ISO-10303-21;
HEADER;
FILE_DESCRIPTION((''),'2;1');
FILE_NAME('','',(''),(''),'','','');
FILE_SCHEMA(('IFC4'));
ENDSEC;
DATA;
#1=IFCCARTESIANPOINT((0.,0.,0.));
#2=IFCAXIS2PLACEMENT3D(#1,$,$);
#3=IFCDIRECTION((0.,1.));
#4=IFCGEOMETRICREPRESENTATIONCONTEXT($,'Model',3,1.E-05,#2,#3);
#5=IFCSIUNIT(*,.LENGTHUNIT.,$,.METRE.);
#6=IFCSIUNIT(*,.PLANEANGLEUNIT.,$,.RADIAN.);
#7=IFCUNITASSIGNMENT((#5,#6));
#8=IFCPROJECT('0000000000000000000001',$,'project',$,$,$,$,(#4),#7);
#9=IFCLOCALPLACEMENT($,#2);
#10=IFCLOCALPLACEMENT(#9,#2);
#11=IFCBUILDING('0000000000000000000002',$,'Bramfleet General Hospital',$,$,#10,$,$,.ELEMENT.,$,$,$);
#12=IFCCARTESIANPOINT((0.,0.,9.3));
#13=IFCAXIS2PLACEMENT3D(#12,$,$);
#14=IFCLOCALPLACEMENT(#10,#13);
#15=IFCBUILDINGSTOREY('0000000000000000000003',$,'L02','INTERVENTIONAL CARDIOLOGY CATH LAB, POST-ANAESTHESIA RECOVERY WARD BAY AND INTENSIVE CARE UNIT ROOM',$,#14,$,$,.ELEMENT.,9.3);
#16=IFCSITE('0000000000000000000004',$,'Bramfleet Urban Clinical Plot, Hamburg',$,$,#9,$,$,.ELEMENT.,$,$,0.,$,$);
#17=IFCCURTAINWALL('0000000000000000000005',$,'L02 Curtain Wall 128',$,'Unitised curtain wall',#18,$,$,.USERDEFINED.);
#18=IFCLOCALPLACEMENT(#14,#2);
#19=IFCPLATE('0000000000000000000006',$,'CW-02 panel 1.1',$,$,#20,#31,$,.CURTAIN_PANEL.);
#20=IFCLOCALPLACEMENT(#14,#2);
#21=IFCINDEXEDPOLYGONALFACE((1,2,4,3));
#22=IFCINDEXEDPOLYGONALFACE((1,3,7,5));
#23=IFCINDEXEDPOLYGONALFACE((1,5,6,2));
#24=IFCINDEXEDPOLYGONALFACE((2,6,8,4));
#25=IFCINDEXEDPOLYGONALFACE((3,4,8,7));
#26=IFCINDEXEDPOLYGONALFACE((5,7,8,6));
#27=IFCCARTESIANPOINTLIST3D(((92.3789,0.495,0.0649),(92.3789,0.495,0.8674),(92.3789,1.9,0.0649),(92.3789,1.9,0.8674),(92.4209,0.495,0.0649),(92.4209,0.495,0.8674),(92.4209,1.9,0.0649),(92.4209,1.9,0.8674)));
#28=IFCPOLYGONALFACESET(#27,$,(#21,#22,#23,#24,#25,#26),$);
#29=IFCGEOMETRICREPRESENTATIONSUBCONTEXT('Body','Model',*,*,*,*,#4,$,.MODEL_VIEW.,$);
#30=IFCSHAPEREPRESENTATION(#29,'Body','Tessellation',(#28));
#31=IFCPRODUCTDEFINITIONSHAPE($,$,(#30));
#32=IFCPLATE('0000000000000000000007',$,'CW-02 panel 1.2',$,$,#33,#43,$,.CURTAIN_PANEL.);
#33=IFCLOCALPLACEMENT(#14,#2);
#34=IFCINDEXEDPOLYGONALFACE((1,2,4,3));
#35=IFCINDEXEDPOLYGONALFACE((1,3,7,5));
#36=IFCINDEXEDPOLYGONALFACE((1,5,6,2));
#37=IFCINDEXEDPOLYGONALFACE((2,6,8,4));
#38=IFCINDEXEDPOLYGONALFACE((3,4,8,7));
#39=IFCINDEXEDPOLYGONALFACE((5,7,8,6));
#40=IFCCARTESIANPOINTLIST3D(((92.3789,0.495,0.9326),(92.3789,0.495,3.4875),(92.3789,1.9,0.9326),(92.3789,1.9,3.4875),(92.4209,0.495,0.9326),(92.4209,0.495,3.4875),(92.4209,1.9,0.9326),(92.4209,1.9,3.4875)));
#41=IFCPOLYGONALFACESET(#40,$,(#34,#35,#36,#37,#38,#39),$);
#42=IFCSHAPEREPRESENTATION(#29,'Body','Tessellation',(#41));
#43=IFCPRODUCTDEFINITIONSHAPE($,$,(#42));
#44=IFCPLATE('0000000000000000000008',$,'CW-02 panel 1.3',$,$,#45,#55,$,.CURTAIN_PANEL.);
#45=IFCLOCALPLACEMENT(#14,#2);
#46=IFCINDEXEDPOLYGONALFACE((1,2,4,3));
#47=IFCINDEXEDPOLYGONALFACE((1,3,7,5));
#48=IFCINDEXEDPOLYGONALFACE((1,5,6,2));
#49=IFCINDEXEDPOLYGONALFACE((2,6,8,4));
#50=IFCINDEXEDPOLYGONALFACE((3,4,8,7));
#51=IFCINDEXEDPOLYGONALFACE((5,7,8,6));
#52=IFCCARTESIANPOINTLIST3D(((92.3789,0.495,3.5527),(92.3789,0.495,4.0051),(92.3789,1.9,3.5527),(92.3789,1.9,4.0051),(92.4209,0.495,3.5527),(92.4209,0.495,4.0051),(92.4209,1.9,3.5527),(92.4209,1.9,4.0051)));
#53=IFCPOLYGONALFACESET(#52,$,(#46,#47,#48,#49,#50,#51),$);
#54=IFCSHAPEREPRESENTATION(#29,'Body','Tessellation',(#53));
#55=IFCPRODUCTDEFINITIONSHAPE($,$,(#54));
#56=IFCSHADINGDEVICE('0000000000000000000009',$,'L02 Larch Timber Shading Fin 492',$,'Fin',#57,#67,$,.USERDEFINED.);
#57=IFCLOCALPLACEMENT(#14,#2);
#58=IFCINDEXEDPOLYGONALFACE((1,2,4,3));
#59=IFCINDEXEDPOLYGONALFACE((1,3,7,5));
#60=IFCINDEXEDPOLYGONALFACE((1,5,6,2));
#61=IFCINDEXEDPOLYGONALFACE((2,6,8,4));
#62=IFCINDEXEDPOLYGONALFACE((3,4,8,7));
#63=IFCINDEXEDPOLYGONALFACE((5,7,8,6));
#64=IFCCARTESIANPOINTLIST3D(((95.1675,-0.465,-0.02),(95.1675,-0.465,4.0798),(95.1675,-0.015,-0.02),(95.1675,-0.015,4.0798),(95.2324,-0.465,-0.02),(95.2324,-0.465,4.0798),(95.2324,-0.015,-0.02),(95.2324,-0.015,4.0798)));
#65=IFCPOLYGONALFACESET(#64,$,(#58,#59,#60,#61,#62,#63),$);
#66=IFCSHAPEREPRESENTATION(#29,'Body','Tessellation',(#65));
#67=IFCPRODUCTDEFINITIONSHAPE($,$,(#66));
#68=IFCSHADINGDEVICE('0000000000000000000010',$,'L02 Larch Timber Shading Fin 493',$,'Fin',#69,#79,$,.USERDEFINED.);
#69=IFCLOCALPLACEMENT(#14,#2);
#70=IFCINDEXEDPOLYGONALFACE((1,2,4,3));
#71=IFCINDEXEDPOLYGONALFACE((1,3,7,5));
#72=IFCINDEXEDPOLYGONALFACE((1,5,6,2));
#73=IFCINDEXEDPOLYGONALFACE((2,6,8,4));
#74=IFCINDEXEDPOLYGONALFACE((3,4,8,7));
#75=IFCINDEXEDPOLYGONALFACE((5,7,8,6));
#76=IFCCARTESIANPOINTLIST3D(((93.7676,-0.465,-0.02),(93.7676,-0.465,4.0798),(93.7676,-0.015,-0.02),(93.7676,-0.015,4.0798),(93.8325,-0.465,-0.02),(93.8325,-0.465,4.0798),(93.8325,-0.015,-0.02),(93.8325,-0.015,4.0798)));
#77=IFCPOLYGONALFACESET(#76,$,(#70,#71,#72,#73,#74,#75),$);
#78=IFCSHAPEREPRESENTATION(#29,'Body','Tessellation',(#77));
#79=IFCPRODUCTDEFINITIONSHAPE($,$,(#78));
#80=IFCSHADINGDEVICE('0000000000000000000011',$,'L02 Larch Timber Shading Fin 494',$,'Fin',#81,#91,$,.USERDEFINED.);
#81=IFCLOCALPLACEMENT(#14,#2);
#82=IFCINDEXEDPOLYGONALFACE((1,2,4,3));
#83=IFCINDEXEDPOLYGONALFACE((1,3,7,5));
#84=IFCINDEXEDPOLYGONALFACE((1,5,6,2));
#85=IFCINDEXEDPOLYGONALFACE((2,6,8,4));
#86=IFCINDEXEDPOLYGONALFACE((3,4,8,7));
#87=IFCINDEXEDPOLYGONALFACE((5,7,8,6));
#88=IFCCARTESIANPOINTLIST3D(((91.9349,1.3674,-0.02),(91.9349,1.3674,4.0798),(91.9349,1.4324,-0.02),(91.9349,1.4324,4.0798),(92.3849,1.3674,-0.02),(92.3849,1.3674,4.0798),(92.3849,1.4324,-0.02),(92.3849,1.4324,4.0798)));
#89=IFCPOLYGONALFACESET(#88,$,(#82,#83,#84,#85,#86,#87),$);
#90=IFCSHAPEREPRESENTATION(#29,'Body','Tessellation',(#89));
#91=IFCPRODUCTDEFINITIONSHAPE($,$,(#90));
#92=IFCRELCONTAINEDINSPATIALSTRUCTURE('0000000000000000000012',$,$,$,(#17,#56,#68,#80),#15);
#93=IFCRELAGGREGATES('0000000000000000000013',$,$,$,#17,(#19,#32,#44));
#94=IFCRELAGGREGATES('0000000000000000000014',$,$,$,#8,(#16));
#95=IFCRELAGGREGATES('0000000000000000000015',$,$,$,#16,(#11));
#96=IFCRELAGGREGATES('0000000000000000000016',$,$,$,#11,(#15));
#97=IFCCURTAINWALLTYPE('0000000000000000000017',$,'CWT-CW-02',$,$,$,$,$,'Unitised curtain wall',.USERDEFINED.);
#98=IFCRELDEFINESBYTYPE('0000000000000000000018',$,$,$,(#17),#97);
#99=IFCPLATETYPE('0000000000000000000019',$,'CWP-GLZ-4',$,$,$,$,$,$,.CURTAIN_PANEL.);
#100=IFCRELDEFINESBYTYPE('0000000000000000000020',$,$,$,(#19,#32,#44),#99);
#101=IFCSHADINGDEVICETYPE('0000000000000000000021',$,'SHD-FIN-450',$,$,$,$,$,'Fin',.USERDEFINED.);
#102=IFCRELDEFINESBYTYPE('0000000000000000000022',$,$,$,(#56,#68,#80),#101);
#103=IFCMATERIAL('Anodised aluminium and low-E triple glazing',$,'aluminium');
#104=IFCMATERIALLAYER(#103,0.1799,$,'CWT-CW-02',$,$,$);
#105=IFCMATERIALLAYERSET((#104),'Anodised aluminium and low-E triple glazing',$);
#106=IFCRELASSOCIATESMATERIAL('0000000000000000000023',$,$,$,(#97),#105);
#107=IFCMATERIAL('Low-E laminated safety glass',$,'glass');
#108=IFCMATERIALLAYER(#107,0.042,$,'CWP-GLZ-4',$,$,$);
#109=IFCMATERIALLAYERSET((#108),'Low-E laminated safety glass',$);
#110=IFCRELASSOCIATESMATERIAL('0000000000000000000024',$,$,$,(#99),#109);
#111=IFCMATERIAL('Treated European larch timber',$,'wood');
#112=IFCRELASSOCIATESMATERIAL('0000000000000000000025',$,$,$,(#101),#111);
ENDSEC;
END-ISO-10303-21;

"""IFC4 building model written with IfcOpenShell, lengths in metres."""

from ifc_helpers import new_model, si_unit, direction, frame, origin, origin_2d, place, context, subcontext, project, spatial, rectangle, extrude, material, layer, layer_set, material_profile, profile_set, type_object, element, aggregate, save


model = new_model("IFC4")

# Units and contexts
model_context = context("Model", 3, precision=1e-05, world=origin(), true_north=direction((0.0, 1.0)))
body_context = subcontext(model_context, "Body", "Model", "MODEL_VIEW")
ifc_project = project(units=[si_unit("LENGTHUNIT", "METRE"), si_unit("PLANEANGLEUNIT", "RADIAN")], contexts=[model_context])

# Site, building, storey
site_placement = place(None, origin())
site = spatial("IfcSite", under=ifc_project, at=site_placement, Name="Bramfleet Urban Clinical Plot, Hamburg", CompositionType="ELEMENT", RefElevation=0.0)
building_placement = place(site_placement, origin())
building = spatial("IfcBuilding", under=site, at=building_placement, Name="Bramfleet General Hospital", CompositionType="ELEMENT")
storey_placement = place(building_placement, frame((0.0, 0.0, 9.3)))
storey = spatial("IfcBuildingStorey", under=building, at=storey_placement, Name="L02", Description="INTERVENTIONAL CARDIOLOGY CATH LAB, POST-ANAESTHESIA RECOVERY WARD BAY AND INTENSIVE CARE UNIT ROOM", CompositionType="ELEMENT", Elevation=9.3)

# Curtain wall
ifc_material_1 = material(Name="Anodised aluminium and low-E triple glazing", Category="aluminium")
ifc_layer_1 = layer(ifc_material_1, 0.1799, Name="CWT-CW-02")
ifc_layer_set_1 = layer_set([ifc_layer_1], Name="Anodised aluminium and low-E triple glazing")
curtain_wall_type_1 = type_object("IfcCurtainWallType", Name="CWT-CW-02", ElementType="Unitised curtain wall", PredefinedType="USERDEFINED", material=ifc_layer_set_1)
curtain_wall_1_placement = place(storey_placement, origin())
curtain_wall_1 = element("IfcCurtainWall", 1, at=curtain_wall_1_placement, inside=storey, type_object=curtain_wall_type_1, Name="L02 Curtain Wall 128", ObjectType="Unitised curtain wall", PredefinedType="USERDEFINED")

# Plates
ifc_material_2 = material(Name="Low-E laminated safety glass", Category="glass")
ifc_layer_2 = layer(ifc_material_2, 0.042, Name="CWP-GLZ-4")
ifc_layer_set_2 = layer_set([ifc_layer_2], Name="Low-E laminated safety glass")
plate_type_1 = type_object("IfcPlateType", Name="CWP-GLZ-4", PredefinedType="CURTAIN_PANEL", material=ifc_layer_set_2)
plate_1_placement = place(storey_placement, frame((92.3999, 1.1975, 0.0649), z_axis=(0.0, 0.0, 1.0), x_axis=(0.0, 1.0, 0.0)))
plate_1 = element("IfcPlate", 2, at=plate_1_placement, type_object=plate_type_1, Name="CW-02 panel 1.1", PredefinedType="CURTAIN_PANEL", context=body_context, shape_type="SweptSolid", body=[
    extrude(rectangle(XDim=1.405, YDim=0.042, at=origin_2d()), origin(), (0.0, 0.0, 1.0), 0.8025),
])
plate_2_placement = place(storey_placement, frame((92.3999, 1.1975, 0.9326), z_axis=(0.0, 0.0, 1.0), x_axis=(0.0, 1.0, 0.0)))
plate_2 = element("IfcPlate", 3, at=plate_2_placement, type_object=plate_type_1, Name="CW-02 panel 1.2", PredefinedType="CURTAIN_PANEL", context=body_context, shape_type="SweptSolid", body=[
    extrude(rectangle(XDim=1.405, YDim=0.042, at=origin_2d()), origin(), (0.0, 0.0, 1.0), 2.5549),
])
plate_3_placement = place(storey_placement, frame((92.3999, 1.1975, 3.5527), z_axis=(0.0, 0.0, 1.0), x_axis=(0.0, 1.0, 0.0)))
plate_3 = element("IfcPlate", 4, at=plate_3_placement, type_object=plate_type_1, Name="CW-02 panel 1.3", PredefinedType="CURTAIN_PANEL", context=body_context, shape_type="SweptSolid", body=[
    extrude(rectangle(XDim=1.405, YDim=0.042, at=origin_2d()), origin(), (0.0, 0.0, 1.0), 0.4524),
])
aggregate(curtain_wall_1, [plate_1, plate_2, plate_3])

# Shading devices
ifc_material_3 = material(Name="Treated European larch timber", Category="wood")
ifc_material_profile_1 = material_profile(ifc_material_3, rectangle(XDim=0.0649, YDim=0.45, at=origin_2d()), Name="LARCH FIN 450x65")
ifc_profile_set_1 = profile_set([ifc_material_profile_1], Name="Treated European larch timber")
shading_device_type = type_object("IfcShadingDeviceType", Name="SHD-FIN-450", ElementType="Fin", PredefinedType="USERDEFINED", material=ifc_profile_set_1)
for number, where, z_axis, x_axis, name in (
    (5, (95.2, -0.24, -0.02), (0.0, 0.0, 1.0), (-1.0, 0.0, 0.0), "L02 Larch Timber Shading Fin 492"),
    (6, (93.8, -0.24, -0.02), (0.0, 0.0, 1.0), (-1.0, 0.0, 0.0), "L02 Larch Timber Shading Fin 493"),
    (7, (92.1599, 1.3999, -0.02), (0.0, 0.0, 1.0), (0.0, 1.0, 0.0), "L02 Larch Timber Shading Fin 494"),
):
    element("IfcShadingDevice", number, at=place(storey_placement, frame(where, z_axis=z_axis, x_axis=x_axis)), inside=storey, type_object=shading_device_type, Name=name, ObjectType="Fin", PredefinedType="USERDEFINED", context=body_context, shape_type="SweptSolid", body=[
        extrude(rectangle(XDim=0.0649, YDim=0.45, at=origin_2d()), origin(), (0.0, 0.0, 1.0), 4.0999),
    ])

save(model, "model.ifc")
